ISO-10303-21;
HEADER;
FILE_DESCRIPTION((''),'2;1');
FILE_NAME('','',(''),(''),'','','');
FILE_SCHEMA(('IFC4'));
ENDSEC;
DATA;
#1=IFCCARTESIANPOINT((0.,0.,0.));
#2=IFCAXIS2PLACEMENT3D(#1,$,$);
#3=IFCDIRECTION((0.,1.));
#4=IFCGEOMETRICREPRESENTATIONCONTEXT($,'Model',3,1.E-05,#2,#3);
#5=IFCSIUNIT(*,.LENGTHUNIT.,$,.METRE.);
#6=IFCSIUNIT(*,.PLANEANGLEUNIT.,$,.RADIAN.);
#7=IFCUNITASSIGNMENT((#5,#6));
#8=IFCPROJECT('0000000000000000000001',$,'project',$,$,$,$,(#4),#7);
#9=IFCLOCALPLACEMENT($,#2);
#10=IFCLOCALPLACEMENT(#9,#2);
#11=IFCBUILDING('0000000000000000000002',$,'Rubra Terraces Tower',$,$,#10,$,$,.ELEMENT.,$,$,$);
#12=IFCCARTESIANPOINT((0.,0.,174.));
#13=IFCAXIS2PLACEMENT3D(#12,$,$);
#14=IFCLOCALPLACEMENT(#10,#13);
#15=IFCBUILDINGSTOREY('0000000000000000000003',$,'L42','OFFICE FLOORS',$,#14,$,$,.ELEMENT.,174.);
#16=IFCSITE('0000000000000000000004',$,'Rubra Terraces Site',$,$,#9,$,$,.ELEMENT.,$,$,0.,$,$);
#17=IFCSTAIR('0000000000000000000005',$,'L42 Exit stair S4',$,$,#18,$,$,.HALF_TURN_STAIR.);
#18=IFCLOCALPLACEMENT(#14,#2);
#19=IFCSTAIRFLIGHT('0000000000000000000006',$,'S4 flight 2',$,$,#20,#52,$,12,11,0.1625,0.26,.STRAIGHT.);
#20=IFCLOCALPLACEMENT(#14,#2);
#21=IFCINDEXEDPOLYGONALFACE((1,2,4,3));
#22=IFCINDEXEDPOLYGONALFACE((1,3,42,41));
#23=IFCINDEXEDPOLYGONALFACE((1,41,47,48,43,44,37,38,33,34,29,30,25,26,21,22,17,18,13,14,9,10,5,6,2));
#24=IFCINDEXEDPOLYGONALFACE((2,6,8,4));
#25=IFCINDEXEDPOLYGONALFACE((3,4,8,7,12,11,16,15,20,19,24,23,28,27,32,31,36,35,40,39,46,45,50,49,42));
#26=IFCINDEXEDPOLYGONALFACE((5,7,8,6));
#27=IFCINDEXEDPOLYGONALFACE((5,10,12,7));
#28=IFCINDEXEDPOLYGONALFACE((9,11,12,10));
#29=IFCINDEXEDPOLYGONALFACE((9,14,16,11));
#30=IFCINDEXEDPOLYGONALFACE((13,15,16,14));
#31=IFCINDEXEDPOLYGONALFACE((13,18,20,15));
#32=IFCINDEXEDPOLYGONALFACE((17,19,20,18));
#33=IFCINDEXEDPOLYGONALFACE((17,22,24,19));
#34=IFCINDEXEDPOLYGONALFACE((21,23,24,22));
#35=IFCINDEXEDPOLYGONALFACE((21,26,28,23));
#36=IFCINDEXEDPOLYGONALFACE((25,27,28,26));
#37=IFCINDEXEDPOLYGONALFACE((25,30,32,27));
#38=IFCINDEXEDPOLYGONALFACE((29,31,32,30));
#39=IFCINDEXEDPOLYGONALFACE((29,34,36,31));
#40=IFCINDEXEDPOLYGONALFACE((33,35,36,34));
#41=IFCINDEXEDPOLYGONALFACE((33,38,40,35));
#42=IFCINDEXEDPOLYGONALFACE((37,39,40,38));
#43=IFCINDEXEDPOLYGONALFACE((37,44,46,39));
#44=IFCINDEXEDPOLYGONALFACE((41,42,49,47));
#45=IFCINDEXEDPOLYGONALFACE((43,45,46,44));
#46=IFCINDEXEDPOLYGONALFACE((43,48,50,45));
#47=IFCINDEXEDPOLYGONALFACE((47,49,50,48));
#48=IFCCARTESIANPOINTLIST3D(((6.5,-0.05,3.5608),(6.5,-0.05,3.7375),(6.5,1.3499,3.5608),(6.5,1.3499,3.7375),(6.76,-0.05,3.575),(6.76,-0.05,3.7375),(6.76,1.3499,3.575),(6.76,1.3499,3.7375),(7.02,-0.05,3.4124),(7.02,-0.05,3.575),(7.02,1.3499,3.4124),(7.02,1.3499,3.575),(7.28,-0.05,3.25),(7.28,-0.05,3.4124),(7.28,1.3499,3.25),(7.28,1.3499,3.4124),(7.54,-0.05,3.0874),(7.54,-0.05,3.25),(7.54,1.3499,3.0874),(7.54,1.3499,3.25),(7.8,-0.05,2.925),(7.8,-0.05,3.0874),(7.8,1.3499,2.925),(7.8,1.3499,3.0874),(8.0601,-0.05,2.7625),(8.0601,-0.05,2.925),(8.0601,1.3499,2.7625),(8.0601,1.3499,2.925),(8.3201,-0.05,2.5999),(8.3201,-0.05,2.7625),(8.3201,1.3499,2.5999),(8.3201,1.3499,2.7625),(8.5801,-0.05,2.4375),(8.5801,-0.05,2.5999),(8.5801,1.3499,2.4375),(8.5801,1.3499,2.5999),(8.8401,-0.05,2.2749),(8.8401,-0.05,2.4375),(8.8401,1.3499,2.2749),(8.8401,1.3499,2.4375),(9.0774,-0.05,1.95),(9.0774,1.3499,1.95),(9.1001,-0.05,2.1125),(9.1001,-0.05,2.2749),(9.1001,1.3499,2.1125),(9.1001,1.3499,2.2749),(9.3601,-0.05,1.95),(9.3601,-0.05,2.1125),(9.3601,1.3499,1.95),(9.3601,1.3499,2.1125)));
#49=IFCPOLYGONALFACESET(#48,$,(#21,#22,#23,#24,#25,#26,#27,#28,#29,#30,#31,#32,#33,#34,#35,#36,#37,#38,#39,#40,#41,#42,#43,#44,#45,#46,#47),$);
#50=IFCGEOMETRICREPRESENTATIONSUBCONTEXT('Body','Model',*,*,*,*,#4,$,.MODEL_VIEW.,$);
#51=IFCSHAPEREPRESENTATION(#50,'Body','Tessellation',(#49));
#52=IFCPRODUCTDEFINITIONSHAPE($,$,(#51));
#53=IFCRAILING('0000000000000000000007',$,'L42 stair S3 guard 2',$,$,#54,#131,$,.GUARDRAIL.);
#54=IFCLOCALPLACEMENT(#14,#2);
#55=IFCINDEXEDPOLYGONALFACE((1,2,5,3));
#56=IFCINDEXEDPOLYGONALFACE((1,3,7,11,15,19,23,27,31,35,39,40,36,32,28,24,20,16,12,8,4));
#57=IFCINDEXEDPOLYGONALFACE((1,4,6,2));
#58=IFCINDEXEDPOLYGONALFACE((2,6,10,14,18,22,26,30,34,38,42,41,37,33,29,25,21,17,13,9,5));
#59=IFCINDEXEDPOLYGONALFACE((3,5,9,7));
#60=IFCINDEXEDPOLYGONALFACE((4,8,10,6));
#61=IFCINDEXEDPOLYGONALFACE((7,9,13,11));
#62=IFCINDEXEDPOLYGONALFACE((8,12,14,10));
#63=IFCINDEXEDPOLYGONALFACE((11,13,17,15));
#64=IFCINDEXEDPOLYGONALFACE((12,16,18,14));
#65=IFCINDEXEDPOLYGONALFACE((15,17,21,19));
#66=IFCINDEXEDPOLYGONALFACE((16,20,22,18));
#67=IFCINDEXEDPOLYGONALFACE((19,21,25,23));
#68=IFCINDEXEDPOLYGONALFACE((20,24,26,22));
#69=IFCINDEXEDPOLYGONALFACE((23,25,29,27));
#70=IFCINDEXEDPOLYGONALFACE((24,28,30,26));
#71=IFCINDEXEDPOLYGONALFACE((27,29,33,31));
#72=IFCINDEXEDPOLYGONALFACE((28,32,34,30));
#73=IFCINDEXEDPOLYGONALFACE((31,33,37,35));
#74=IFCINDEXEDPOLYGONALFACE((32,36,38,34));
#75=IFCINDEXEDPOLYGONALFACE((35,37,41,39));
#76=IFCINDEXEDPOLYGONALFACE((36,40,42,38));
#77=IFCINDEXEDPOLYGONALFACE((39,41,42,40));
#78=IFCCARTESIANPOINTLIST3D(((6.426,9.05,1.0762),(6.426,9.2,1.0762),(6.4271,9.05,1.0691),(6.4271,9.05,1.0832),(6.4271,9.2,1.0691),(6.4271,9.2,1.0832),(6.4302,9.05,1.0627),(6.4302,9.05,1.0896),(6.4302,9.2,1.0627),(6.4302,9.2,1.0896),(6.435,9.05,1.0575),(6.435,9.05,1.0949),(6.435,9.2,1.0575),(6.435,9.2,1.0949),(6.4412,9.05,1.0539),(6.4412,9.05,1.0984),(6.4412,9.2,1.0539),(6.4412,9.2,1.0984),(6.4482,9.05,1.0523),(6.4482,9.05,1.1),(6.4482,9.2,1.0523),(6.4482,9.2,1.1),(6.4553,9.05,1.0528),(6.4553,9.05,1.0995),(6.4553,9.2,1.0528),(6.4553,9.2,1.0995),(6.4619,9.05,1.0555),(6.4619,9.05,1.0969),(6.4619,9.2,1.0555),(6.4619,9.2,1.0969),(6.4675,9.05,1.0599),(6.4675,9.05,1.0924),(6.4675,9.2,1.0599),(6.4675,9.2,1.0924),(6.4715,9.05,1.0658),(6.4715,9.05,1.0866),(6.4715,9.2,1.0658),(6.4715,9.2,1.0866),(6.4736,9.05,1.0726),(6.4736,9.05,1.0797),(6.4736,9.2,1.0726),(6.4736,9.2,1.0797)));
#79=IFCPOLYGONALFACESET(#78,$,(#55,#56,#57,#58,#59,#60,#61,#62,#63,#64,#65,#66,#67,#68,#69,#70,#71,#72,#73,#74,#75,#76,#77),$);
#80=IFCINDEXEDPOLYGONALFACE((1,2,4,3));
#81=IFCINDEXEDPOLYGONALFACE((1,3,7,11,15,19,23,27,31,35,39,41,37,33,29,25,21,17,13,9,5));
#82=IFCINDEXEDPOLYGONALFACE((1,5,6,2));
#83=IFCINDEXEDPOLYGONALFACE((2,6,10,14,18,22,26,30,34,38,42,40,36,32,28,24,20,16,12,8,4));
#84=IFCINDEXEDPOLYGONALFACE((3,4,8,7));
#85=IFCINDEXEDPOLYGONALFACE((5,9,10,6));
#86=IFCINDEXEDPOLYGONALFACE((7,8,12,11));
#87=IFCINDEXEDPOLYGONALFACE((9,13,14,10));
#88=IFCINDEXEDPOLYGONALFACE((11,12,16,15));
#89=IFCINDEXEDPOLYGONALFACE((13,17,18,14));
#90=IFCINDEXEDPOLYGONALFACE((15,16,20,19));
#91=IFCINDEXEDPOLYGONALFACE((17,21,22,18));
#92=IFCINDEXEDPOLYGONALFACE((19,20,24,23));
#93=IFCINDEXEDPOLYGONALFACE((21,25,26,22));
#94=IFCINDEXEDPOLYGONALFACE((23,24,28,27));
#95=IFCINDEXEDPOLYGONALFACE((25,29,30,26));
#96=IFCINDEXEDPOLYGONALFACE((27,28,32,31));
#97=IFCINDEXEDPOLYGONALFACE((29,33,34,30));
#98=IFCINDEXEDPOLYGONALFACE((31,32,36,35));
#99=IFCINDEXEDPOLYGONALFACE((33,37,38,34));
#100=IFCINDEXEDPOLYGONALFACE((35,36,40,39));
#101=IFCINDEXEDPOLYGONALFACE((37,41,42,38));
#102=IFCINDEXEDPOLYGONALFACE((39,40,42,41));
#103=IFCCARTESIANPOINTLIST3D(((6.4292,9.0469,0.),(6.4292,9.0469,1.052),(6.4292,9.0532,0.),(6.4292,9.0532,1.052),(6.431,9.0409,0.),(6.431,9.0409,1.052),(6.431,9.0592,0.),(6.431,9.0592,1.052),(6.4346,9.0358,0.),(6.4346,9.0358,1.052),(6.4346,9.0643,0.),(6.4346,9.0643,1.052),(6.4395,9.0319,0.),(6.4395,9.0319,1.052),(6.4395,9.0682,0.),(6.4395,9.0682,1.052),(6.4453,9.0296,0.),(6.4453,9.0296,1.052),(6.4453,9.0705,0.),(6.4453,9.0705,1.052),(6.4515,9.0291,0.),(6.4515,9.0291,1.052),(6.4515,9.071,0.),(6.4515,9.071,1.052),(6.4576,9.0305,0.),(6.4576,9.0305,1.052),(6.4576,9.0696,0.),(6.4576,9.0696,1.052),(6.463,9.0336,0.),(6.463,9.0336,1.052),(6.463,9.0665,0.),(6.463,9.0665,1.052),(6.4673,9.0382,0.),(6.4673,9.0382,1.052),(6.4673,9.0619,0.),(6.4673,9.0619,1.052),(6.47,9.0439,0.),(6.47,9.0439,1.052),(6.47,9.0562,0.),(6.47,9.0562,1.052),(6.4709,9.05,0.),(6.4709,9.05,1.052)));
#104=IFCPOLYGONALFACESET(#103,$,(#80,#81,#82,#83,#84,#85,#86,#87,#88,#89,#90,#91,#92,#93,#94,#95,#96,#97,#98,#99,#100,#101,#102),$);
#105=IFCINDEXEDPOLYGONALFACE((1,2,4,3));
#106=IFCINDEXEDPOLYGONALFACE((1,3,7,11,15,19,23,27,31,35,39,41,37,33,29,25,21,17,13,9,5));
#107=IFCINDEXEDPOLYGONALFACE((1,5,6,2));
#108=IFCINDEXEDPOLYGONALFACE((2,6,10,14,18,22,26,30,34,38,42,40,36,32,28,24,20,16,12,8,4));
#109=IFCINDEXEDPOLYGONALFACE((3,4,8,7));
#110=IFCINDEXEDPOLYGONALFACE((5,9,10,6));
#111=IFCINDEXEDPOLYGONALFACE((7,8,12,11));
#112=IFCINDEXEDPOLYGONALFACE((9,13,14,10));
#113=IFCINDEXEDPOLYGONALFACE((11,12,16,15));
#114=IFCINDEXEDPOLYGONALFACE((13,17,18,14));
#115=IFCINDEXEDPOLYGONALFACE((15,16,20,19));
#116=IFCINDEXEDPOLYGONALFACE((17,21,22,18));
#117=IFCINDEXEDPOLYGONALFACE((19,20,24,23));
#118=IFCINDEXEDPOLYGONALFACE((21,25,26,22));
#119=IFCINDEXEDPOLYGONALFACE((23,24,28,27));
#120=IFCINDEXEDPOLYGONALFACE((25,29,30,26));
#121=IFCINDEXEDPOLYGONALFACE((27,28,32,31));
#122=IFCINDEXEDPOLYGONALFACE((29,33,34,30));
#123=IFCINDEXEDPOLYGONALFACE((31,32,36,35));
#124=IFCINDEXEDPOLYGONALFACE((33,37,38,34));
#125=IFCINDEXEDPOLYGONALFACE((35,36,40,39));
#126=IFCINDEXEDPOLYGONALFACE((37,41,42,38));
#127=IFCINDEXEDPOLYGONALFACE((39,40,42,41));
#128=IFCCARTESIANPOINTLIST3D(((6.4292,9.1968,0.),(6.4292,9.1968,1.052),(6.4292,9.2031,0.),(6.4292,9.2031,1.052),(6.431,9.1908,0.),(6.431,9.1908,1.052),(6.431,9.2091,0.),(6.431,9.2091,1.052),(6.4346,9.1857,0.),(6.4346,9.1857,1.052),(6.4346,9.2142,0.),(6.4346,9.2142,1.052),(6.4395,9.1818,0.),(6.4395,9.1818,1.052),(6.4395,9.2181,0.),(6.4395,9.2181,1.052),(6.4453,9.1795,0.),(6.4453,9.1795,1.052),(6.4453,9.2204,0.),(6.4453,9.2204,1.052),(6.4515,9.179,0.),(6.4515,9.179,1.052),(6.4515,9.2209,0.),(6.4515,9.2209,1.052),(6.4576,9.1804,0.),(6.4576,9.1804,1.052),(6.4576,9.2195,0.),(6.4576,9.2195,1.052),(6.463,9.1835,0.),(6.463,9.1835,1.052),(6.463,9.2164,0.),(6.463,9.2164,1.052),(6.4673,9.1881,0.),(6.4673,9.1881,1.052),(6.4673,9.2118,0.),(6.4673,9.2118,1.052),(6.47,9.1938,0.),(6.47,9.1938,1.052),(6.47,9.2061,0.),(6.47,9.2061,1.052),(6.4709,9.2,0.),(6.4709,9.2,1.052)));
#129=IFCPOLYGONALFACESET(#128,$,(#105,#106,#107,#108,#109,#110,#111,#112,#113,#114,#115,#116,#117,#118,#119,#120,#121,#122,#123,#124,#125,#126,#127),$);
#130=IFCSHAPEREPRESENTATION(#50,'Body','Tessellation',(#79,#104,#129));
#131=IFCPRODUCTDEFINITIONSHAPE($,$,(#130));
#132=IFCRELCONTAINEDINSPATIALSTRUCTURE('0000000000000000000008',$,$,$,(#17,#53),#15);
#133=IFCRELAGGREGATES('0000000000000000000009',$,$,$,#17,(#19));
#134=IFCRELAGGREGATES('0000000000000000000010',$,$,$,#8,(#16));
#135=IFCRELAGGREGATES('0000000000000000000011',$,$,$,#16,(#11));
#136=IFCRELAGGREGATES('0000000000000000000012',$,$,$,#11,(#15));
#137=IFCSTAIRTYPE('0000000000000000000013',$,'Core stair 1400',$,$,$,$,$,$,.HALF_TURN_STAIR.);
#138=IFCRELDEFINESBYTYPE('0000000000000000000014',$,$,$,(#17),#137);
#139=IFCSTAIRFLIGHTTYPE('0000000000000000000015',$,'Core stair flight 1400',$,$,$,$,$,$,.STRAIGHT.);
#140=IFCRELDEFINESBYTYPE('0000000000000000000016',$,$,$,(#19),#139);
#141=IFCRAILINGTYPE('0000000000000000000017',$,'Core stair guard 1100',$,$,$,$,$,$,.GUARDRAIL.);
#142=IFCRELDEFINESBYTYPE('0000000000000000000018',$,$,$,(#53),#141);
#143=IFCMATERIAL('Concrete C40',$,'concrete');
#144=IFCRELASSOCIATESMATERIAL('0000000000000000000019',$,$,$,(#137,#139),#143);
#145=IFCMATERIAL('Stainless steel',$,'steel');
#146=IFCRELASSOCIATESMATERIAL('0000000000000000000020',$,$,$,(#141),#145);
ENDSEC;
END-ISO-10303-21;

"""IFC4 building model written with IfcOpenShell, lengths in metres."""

from ifc_helpers import new_model, si_unit, direction, frame, origin, origin_2d, place, context, subcontext, project, spatial, polyline, circle, outline, extrude, material, type_object, element, aggregate, save


model = new_model("IFC4")

# Units and contexts
model_context = context("Model", 3, precision=1e-05, world=origin(), true_north=direction((0.0, 1.0)))
body_context = subcontext(model_context, "Body", "Model", "MODEL_VIEW")
ifc_project = project(units=[si_unit("LENGTHUNIT", "METRE"), si_unit("PLANEANGLEUNIT", "RADIAN")], contexts=[model_context])

# Site, building, storey
site_placement = place(None, origin())
site = spatial("IfcSite", under=ifc_project, at=site_placement, Name="Rubra Terraces Site", CompositionType="ELEMENT", RefElevation=0.0)
building_placement = place(site_placement, origin())
building = spatial("IfcBuilding", under=site, at=building_placement, Name="Rubra Terraces Tower", CompositionType="ELEMENT")
storey_placement = place(building_placement, frame((0.0, 0.0, 174.0)))
storey = spatial("IfcBuildingStorey", under=building, at=storey_placement, Name="L42", Description="OFFICE FLOORS", CompositionType="ELEMENT", Elevation=174.0)

# Stair
ifc_material_1 = material(Name="Concrete C40", Category="concrete")
stair_type = type_object("IfcStairType", Name="Core stair 1400", PredefinedType="HALF_TURN_STAIR", material=ifc_material_1)
stair_1_placement = place(storey_placement, origin())
stair_1 = element("IfcStair", 1, at=stair_1_placement, inside=storey, type_object=stair_type, Name="L42 Exit stair S4", PredefinedType="HALF_TURN_STAIR")

# Shared definitions
ifc_material_2 = material(Name="Stainless steel", Category="steel")

# Shared definitions
stair_flight_type = type_object("IfcStairFlightType", Name="Core stair flight 1400", PredefinedType="STRAIGHT", material=ifc_material_1)

# Stair flight
stair_flight_1_placement = place(storey_placement, frame((9.3601, 0.6499, 1.95), z_axis=(0.0, 0.0, 1.0), x_axis=(-1.0, 0.0, 0.0)))
stair_flight_1 = element("IfcStairFlight", 2, at=stair_flight_1_placement, type_object=stair_flight_type, Name="S4 flight 2", NumberOfRisers=12, NumberOfTreads=11, PredefinedType="STRAIGHT", RiserHeight=0.1625, TreadLength=0.26, context=body_context, shape_type="SweptSolid", body=[
    extrude(outline(polyline([(0.0, 0.0), (0.0, 0.1626), (0.26, 0.1626), (0.26, 0.325), (0.52, 0.325), (0.52, 0.4875), (0.78, 0.4875), (0.78, 0.6499), (1.04, 0.6499), (1.04, 0.8125), (1.3, 0.8125), (1.3, 0.9751), (1.5601, 0.9751), (1.5601, 1.1375), (1.8201, 1.1375), (1.8201, 1.3), (2.0801, 1.3), (2.0801, 1.4624), (2.3401, 1.4624), (2.3401, 1.625), (2.6001, 1.625), (2.6001, 1.7876), (2.8601, 1.7876), (2.8601, 1.95), (2.8601, 1.6108), (0.2827, 0.0), (0.0, 0.0)])), frame((0.0, 0.7, 0.0), z_axis=(0.0, -1.0, 0.0), x_axis=(1.0, 0.0, 0.0)), (0.0, 0.0, 1.0), 1.3999),
])
aggregate(stair_1, [stair_flight_1])

# Railing
railing_type_1 = type_object("IfcRailingType", Name="Core stair guard 1100", PredefinedType="GUARDRAIL", material=ifc_material_2)
railing_1_placement = place(storey_placement, frame((6.45, 9.05, 0.0)))
element("IfcRailing", 3, at=railing_1_placement, inside=storey, type_object=railing_type_1, Name="L42 stair S3 guard 2", PredefinedType="GUARDRAIL", context=body_context, shape_type="SweptSolid", body=[
    extrude(circle(Radius=0.0239, at=origin_2d()), frame((0.0, 0.0, 1.0762), z_axis=(0.0, 1.0, 0.0), x_axis=(-1.0, 0.0, 0.0)), (0.0, 0.0, 1.0), 0.1499),
    extrude(circle(Radius=0.021, at=origin_2d()), origin(), (0.0, 0.0, 1.0), 1.052),
    extrude(circle(Radius=0.021, at=origin_2d()), frame((0.0, 0.1499, 0.0)), (0.0, 0.0, 1.0), 1.052),
])

save(model, "model.ifc")
